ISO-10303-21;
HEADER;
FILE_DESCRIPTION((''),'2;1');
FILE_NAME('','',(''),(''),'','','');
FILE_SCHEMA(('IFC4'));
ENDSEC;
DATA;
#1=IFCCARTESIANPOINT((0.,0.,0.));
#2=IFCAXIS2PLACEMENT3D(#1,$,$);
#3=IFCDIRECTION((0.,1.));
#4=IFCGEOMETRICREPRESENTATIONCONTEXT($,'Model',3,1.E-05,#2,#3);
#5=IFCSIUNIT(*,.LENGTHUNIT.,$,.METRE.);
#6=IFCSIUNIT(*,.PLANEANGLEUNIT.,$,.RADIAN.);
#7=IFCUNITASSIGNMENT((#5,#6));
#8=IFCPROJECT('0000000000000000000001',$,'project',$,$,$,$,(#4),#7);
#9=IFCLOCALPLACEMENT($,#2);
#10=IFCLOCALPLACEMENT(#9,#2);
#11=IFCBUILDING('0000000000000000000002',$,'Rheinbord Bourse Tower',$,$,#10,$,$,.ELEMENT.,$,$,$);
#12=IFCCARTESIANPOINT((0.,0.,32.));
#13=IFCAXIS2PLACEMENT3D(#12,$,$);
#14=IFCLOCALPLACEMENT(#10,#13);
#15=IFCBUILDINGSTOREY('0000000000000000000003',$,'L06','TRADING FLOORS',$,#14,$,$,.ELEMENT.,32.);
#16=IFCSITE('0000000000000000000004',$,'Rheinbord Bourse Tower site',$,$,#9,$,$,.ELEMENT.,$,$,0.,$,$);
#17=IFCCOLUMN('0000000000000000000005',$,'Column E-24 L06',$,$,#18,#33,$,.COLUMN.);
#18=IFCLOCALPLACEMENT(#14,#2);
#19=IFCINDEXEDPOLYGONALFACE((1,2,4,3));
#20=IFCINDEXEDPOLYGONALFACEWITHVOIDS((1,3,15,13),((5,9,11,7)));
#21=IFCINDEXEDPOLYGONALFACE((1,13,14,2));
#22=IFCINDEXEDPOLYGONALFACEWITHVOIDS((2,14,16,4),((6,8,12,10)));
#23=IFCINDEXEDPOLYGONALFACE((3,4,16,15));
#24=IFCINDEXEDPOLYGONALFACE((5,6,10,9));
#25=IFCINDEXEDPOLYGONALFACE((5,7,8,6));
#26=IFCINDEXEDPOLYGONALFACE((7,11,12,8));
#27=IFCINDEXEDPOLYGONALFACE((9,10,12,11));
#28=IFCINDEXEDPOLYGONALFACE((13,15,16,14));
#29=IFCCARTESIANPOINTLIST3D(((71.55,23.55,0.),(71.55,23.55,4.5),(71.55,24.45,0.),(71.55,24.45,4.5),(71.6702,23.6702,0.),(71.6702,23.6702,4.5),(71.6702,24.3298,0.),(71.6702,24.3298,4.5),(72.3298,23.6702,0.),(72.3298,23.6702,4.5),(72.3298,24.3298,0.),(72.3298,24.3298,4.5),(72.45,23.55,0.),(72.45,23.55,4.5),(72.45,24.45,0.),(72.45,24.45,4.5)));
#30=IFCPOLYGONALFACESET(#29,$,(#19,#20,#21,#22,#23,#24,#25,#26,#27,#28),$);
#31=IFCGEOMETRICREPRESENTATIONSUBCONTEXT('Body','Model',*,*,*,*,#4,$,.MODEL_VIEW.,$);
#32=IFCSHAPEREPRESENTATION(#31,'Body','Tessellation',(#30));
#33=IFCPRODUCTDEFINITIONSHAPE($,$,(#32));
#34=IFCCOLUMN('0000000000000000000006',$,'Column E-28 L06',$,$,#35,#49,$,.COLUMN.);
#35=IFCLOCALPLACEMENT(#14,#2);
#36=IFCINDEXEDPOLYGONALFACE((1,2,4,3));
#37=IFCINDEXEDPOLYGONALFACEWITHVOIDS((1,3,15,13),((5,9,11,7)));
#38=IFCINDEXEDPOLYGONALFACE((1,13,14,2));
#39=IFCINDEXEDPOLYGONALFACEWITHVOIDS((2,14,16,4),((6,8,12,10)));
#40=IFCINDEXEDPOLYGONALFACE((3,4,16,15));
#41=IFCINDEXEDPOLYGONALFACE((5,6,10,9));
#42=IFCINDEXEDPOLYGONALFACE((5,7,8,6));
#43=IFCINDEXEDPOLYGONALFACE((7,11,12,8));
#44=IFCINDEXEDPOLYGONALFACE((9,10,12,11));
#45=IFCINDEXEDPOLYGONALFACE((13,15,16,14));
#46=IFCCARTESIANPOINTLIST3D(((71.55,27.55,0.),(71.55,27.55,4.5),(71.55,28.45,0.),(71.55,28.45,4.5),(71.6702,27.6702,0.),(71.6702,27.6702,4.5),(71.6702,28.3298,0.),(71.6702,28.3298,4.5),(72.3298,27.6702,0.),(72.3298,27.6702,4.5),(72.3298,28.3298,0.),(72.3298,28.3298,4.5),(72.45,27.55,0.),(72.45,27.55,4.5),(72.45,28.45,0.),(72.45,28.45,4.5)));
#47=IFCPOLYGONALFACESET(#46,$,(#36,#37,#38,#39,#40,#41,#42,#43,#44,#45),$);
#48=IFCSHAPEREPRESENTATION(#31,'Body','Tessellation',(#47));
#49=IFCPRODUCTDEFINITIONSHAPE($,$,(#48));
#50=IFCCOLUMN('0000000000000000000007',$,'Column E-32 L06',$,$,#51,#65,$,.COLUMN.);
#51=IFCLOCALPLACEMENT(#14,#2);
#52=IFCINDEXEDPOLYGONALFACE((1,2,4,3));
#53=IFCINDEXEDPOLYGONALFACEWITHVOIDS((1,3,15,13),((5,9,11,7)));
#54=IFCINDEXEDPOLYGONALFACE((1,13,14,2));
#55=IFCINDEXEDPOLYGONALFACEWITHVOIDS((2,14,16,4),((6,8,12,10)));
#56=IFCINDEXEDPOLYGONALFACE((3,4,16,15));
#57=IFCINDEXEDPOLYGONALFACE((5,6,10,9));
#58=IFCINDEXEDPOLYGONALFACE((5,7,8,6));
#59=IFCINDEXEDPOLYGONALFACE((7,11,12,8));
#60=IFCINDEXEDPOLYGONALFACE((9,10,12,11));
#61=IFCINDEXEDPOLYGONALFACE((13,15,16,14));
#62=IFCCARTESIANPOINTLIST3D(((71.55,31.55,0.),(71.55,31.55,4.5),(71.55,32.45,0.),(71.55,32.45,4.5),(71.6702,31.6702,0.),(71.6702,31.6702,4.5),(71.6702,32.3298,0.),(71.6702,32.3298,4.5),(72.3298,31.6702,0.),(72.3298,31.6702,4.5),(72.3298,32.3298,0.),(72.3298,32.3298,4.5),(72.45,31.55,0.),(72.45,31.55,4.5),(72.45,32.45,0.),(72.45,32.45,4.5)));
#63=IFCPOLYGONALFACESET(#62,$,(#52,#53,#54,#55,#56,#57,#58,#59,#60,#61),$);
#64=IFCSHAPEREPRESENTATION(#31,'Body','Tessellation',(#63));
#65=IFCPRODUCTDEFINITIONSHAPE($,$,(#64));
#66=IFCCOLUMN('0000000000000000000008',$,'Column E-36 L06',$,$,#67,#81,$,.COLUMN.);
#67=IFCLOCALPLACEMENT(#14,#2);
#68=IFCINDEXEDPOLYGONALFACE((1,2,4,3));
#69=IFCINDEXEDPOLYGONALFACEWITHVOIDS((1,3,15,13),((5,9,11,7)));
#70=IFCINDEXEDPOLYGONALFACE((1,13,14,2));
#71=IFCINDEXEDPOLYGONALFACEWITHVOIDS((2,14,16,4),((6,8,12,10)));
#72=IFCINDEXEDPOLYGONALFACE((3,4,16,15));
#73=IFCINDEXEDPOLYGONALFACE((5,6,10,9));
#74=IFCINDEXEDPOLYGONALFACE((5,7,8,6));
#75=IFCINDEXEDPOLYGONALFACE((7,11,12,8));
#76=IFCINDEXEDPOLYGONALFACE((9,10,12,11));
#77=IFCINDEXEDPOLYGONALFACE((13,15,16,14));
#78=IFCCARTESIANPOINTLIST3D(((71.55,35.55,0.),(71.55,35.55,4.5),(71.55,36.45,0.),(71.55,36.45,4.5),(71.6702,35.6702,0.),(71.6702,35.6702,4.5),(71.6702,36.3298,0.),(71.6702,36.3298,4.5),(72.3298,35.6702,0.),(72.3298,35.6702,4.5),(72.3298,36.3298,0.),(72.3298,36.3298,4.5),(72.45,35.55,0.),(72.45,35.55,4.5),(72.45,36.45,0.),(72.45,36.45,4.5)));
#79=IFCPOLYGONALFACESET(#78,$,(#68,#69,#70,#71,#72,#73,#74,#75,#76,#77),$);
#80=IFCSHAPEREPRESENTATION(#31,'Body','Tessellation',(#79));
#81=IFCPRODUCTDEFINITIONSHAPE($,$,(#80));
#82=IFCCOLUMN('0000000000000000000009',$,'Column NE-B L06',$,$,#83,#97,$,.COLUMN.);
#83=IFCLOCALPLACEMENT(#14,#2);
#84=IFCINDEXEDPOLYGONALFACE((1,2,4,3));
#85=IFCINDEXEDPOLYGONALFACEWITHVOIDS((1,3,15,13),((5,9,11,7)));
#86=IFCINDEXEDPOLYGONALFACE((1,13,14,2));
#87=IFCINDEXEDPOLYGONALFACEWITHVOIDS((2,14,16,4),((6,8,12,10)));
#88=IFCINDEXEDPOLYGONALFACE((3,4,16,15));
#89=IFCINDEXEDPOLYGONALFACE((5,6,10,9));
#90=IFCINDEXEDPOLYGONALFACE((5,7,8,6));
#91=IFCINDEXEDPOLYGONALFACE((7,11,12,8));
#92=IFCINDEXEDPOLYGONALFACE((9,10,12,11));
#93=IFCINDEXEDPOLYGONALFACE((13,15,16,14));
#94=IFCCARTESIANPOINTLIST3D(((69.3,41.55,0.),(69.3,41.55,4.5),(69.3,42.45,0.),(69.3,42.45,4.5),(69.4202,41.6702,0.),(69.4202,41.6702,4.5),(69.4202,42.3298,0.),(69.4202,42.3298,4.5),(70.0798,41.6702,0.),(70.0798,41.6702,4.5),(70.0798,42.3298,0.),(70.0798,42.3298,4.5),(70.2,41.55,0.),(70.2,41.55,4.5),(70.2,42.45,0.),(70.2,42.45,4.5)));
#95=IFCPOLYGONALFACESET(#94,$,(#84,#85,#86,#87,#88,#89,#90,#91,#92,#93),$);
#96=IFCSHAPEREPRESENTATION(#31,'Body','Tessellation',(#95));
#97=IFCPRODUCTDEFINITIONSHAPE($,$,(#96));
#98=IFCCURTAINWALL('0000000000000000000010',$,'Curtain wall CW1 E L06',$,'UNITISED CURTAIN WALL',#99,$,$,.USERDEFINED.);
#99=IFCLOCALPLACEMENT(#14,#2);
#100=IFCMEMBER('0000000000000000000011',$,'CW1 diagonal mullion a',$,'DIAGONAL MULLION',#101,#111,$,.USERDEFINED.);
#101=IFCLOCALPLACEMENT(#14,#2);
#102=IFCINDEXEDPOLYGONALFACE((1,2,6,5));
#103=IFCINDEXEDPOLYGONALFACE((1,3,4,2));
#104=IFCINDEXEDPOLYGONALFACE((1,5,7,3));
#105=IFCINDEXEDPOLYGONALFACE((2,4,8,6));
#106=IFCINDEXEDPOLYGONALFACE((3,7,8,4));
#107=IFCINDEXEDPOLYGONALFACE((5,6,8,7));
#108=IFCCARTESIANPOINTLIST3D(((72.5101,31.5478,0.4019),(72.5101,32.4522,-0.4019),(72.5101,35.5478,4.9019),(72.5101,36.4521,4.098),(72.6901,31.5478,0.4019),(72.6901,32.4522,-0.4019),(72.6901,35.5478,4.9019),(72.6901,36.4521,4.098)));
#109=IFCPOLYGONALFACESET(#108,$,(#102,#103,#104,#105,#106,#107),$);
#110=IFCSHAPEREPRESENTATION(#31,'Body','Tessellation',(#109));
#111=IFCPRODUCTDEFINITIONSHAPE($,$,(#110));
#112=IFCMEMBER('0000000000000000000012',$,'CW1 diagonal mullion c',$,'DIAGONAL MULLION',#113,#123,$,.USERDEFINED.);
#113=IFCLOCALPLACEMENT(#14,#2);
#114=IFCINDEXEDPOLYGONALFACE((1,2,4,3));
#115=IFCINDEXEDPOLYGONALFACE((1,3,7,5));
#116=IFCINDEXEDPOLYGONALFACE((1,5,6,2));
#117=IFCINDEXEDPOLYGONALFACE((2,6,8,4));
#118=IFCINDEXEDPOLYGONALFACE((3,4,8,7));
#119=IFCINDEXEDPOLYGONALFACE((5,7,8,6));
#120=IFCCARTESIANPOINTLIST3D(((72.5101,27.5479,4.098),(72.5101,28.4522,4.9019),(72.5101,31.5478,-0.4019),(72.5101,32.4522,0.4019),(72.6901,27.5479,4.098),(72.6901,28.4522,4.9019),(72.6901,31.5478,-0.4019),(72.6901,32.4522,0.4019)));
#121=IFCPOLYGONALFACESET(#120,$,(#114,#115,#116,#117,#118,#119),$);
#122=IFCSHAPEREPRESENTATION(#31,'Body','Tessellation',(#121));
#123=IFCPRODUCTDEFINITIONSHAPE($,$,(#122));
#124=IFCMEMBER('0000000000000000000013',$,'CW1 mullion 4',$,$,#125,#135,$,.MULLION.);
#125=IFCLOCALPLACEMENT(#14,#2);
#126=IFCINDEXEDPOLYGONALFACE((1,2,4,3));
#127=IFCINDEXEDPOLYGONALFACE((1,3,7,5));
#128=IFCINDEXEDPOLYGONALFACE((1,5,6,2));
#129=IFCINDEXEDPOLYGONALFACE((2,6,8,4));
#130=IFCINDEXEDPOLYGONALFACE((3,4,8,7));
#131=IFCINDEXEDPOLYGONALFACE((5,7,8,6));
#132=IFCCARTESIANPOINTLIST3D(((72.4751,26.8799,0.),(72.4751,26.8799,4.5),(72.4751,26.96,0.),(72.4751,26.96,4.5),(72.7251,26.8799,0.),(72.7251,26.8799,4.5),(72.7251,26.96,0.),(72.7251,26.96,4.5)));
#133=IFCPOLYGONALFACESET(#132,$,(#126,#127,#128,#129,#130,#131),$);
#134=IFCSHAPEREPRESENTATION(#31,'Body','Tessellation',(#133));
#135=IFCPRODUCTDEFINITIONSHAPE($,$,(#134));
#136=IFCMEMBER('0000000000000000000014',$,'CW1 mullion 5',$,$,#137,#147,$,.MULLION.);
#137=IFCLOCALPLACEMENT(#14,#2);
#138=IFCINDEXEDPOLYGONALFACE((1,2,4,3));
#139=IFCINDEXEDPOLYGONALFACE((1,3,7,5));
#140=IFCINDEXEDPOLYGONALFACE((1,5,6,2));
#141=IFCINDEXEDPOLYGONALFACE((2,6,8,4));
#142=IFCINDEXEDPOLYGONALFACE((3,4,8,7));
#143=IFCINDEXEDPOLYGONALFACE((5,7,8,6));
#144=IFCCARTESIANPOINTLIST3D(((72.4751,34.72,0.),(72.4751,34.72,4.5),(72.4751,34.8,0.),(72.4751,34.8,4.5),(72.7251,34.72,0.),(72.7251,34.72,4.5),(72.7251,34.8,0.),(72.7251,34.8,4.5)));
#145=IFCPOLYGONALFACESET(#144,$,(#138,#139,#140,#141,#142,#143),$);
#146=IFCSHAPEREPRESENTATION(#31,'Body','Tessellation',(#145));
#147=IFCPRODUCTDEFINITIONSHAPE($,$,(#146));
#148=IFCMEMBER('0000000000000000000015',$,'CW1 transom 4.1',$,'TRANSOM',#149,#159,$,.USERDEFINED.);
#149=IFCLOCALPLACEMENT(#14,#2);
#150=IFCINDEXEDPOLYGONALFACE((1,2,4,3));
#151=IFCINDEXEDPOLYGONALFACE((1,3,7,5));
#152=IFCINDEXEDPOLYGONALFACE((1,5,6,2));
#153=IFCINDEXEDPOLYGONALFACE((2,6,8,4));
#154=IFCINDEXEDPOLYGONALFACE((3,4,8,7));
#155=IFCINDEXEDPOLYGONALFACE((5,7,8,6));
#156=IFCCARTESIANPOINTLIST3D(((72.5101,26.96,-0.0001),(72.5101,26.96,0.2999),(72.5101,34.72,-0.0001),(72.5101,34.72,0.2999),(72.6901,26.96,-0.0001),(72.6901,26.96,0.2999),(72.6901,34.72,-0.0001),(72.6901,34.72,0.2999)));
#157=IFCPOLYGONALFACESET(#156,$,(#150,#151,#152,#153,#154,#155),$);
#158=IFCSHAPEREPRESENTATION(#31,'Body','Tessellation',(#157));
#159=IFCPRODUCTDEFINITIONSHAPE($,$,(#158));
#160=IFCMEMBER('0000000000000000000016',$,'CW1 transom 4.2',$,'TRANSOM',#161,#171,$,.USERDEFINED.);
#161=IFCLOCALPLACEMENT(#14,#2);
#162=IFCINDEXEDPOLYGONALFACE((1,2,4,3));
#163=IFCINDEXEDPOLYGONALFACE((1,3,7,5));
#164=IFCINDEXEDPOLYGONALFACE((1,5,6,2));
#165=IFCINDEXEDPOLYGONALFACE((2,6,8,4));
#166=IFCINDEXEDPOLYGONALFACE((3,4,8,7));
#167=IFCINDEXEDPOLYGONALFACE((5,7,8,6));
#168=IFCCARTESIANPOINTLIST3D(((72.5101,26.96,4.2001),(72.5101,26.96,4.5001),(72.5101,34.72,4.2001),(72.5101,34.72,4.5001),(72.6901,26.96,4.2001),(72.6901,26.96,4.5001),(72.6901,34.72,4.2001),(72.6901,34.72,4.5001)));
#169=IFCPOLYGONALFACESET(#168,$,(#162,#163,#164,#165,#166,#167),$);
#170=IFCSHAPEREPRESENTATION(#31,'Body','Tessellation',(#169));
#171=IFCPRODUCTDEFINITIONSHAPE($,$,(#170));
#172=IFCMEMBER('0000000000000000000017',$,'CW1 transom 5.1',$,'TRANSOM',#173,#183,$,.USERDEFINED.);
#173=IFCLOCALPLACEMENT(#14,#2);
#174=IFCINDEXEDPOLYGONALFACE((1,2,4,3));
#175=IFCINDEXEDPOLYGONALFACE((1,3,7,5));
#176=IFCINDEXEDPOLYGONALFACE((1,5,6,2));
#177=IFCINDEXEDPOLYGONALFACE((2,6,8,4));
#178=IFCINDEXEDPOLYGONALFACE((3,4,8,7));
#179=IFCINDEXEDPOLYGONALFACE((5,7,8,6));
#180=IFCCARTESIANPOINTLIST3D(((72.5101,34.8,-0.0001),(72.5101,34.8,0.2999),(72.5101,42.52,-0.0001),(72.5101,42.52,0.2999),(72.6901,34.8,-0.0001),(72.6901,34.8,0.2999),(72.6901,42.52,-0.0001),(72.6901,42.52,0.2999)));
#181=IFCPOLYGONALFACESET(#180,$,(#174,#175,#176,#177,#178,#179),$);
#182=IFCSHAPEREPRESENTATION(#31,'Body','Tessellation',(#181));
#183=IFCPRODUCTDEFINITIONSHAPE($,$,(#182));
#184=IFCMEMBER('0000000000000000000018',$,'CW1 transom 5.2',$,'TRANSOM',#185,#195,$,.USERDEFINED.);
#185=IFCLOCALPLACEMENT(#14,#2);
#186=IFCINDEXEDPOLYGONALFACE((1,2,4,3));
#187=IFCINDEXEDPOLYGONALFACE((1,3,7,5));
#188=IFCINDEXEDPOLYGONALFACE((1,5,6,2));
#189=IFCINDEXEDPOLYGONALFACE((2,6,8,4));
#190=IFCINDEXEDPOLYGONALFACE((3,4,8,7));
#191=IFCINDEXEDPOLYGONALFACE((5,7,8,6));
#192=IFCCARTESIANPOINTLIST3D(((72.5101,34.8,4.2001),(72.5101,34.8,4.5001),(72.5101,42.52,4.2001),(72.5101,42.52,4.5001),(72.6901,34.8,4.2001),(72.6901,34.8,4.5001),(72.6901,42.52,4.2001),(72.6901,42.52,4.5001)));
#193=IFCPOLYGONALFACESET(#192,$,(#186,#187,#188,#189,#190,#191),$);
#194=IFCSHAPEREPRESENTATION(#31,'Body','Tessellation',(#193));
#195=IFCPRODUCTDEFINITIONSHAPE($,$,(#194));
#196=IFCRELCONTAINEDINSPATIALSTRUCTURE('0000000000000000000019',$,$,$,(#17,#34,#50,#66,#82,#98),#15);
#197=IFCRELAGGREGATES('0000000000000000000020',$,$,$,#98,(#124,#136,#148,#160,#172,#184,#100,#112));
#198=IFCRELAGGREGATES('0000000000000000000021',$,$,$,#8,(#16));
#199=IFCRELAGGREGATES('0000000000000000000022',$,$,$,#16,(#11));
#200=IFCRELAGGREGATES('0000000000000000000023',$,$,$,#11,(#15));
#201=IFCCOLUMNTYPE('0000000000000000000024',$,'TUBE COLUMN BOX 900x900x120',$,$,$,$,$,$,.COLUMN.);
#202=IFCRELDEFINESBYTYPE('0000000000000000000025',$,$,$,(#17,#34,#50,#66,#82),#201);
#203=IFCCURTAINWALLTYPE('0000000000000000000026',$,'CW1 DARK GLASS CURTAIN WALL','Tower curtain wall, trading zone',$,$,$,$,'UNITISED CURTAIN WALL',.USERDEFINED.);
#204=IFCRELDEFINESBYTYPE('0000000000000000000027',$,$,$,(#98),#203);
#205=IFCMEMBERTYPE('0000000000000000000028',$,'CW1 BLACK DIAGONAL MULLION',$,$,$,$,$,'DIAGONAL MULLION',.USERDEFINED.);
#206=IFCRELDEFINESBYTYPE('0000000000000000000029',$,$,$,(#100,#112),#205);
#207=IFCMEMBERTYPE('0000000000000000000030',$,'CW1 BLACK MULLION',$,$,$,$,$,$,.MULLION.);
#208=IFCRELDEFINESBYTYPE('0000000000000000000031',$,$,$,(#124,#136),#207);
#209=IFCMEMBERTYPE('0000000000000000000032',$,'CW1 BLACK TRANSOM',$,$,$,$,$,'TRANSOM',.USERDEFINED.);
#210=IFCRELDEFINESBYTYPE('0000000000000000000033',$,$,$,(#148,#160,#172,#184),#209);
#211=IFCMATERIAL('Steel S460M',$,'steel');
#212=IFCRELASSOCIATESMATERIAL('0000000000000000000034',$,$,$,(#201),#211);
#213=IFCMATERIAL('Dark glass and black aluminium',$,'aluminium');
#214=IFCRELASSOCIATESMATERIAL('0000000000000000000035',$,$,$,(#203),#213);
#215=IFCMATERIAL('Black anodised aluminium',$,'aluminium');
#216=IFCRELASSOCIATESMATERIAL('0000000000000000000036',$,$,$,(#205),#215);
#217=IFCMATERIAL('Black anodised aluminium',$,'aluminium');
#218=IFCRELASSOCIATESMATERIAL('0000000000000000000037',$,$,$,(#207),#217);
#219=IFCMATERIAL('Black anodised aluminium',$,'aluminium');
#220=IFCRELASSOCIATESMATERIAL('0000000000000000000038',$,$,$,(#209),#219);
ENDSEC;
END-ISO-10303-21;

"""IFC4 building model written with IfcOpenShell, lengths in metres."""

from ifc_helpers import new_model, si_unit, direction, frame, origin, origin_2d, place, context, subcontext, project, spatial, rectangle, hollow_rectangle, extrude, material, material_profile, profile_set, type_object, element, aggregate, save


model = new_model("IFC4")

# Units and contexts
model_context = context("Model", 3, precision=1e-05, world=origin(), true_north=direction((0.0, 1.0)))
body_context = subcontext(model_context, "Body", "Model", "MODEL_VIEW")
ifc_project = project(units=[si_unit("LENGTHUNIT", "METRE"), si_unit("PLANEANGLEUNIT", "RADIAN")], contexts=[model_context])

# Site, building, storey
site_placement = place(None, origin())
site = spatial("IfcSite", under=ifc_project, at=site_placement, Name="Rheinbord Bourse Tower site", CompositionType="ELEMENT", RefElevation=0.0)
building_placement = place(site_placement, origin())
building = spatial("IfcBuilding", under=site, at=building_placement, Name="Rheinbord Bourse Tower", CompositionType="ELEMENT")
storey_placement = place(building_placement, frame((0.0, 0.0, 32.0)))
storey = spatial("IfcBuildingStorey", under=building, at=storey_placement, Name="L06", Description="TRADING FLOORS", CompositionType="ELEMENT", Elevation=32.0)

# Columns
ifc_material_1 = material(Name="Steel S460M", Category="steel")
ifc_material_profile_1 = material_profile(ifc_material_1, hollow_rectangle(XDim=0.8999, YDim=0.8999, WallThickness=0.1201, at=origin_2d()), Name="BOX 900x900x120")
ifc_profile_set_1 = profile_set([ifc_material_profile_1], Name="Steel S460M")
column_type = type_object("IfcColumnType", Name="TUBE COLUMN BOX 900x900x120", PredefinedType="COLUMN", material=ifc_profile_set_1)
for number, where, z_axis, x_axis, name in (
    (1, (72.0, 24.0, 0.0), (0.0, 0.0, 1.0), (1.0, 0.0, 0.0), "Column E-24 L06"),
    (2, (72.0, 28.0, 0.0), (0.0, 0.0, 1.0), (1.0, 0.0, 0.0), "Column E-28 L06"),
    (3, (72.0, 32.0, 0.0), (0.0, 0.0, 1.0), (1.0, 0.0, 0.0), "Column E-32 L06"),
    (4, (72.0, 36.0, 0.0), (0.0, 0.0, 1.0), (1.0, 0.0, 0.0), "Column E-36 L06"),
    (5, (69.75, 42.0, 0.0), (0.0, 0.0, 1.0), (1.0, 0.0, 0.0), "Column NE-B L06"),
):
    element("IfcColumn", number, at=place(storey_placement, frame(where, z_axis=z_axis, x_axis=x_axis)), inside=storey, type_object=column_type, Name=name, PredefinedType="COLUMN", context=body_context, shape_type="SweptSolid", body=[
        extrude(hollow_rectangle(XDim=0.8999, YDim=0.8999, WallThickness=0.1201, at=origin_2d()), origin(), (0.0, 0.0, 1.0), 4.5),
    ])

# Curtain wall, members
ifc_material_2 = material(Name="Dark glass and black aluminium", Category="aluminium")
curtain_wall_type = type_object("IfcCurtainWallType", Name="CW1 DARK GLASS CURTAIN WALL", Description="Tower curtain wall, trading zone", ElementType="UNITISED CURTAIN WALL", PredefinedType="USERDEFINED", material=ifc_material_2)
curtain_wall_placement = place(storey_placement, origin())
curtain_wall = element("IfcCurtainWall", 6, at=curtain_wall_placement, inside=storey, type_object=curtain_wall_type, Name="Curtain wall CW1 E L06", ObjectType="UNITISED CURTAIN WALL", PredefinedType="USERDEFINED")
ifc_material_3 = material(Name="Black anodised aluminium", Category="aluminium")
ifc_material_profile_2 = material_profile(ifc_material_3, rectangle(XDim=0.1799, YDim=1.21, at=origin_2d()), Name="CW1 DIAGONAL MULLION 1210x180")
ifc_profile_set_2 = profile_set([ifc_material_profile_2], Name="Black anodised aluminium")
member_type_1 = type_object("IfcMemberType", Name="CW1 BLACK DIAGONAL MULLION", ElementType="DIAGONAL MULLION", PredefinedType="USERDEFINED", material=ifc_profile_set_2)
member_1_placement = place(storey_placement, frame((72.6001, 32.0, 0.0), z_axis=(0.0, 0.664364, 0.747409), x_axis=(-1.0, 0.0, 0.0)))
member_1 = element("IfcMember", 7, at=member_1_placement, type_object=member_type_1, Name="CW1 diagonal mullion a", ObjectType="DIAGONAL MULLION", PredefinedType="USERDEFINED", context=body_context, shape_type="SweptSolid", body=[
    extrude(rectangle(XDim=0.1799, YDim=1.21, at=origin_2d()), origin(), (0.0, 0.0, 1.0), 6.0208),
])
member_2_placement = place(storey_placement, frame((72.6001, 32.0, 0.0), z_axis=(0.0, -0.664364, 0.747409), x_axis=(1.0, 0.0, 0.0)))
member_2 = element("IfcMember", 8, at=member_2_placement, type_object=member_type_1, Name="CW1 diagonal mullion c", ObjectType="DIAGONAL MULLION", PredefinedType="USERDEFINED", context=body_context, shape_type="SweptSolid", body=[
    extrude(rectangle(XDim=0.1799, YDim=1.21, at=origin_2d()), origin(), (0.0, 0.0, 1.0), 6.0208),
])
ifc_material_4 = material(Name="Black anodised aluminium", Category="aluminium")
ifc_material_profile_3 = material_profile(ifc_material_4, rectangle(XDim=0.25, YDim=0.0801, at=origin_2d()), Name="CW1 MULLION 80x250")
ifc_profile_set_3 = profile_set([ifc_material_profile_3], Name="Black anodised aluminium")
member_type_2 = type_object("IfcMemberType", Name="CW1 BLACK MULLION", PredefinedType="MULLION", material=ifc_profile_set_3)
member_3_placement = place(storey_placement, frame((72.6001, 26.9199, 0.0), z_axis=(0.0, 0.0, 1.0), x_axis=(-1.0, 0.0, 0.0)))
member_3 = element("IfcMember", 9, at=member_3_placement, type_object=member_type_2, Name="CW1 mullion 4", PredefinedType="MULLION", context=body_context, shape_type="SweptSolid", body=[
    extrude(rectangle(XDim=0.25, YDim=0.0801, at=origin_2d()), origin(), (0.0, 0.0, 1.0), 4.5),
])
member_4_placement = place(storey_placement, frame((72.6001, 34.76, 0.0), z_axis=(0.0, 0.0, 1.0), x_axis=(-1.0, 0.0, 0.0)))
member_4 = element("IfcMember", 10, at=member_4_placement, type_object=member_type_2, Name="CW1 mullion 5", PredefinedType="MULLION", context=body_context, shape_type="SweptSolid", body=[
    extrude(rectangle(XDim=0.25, YDim=0.0801, at=origin_2d()), origin(), (0.0, 0.0, 1.0), 4.5),
])
ifc_material_5 = material(Name="Black anodised aluminium", Category="aluminium")
ifc_material_profile_4 = material_profile(ifc_material_5, rectangle(XDim=0.1799, YDim=0.3, at=origin_2d()), Name="CW1 TRANSOM 300x180")
ifc_profile_set_4 = profile_set([ifc_material_profile_4], Name="Black anodised aluminium")
member_type_3 = type_object("IfcMemberType", Name="CW1 BLACK TRANSOM", ElementType="TRANSOM", PredefinedType="USERDEFINED", material=ifc_profile_set_4)
member_5_placement = place(storey_placement, frame((72.6001, 26.96, 0.1499), z_axis=(0.0, 1.0, 0.0), x_axis=(-1.0, 0.0, 0.0)))
member_5 = element("IfcMember", 11, at=member_5_placement, type_object=member_type_3, Name="CW1 transom 4.1", ObjectType="TRANSOM", PredefinedType="USERDEFINED", context=body_context, shape_type="SweptSolid", body=[
    extrude(rectangle(XDim=0.1799, YDim=0.3, at=origin_2d()), origin(), (0.0, 0.0, 1.0), 7.76),
])
member_6_placement = place(storey_placement, frame((72.6001, 26.96, 4.3501), z_axis=(0.0, 1.0, 0.0), x_axis=(-1.0, 0.0, 0.0)))
member_6 = element("IfcMember", 12, at=member_6_placement, type_object=member_type_3, Name="CW1 transom 4.2", ObjectType="TRANSOM", PredefinedType="USERDEFINED", context=body_context, shape_type="SweptSolid", body=[
    extrude(rectangle(XDim=0.1799, YDim=0.3, at=origin_2d()), origin(), (0.0, 0.0, 1.0), 7.76),
])
member_7_placement = place(storey_placement, frame((72.6001, 34.8, 0.1499), z_axis=(0.0, 1.0, 0.0), x_axis=(-1.0, 0.0, 0.0)))
member_7 = element("IfcMember", 13, at=member_7_placement, type_object=member_type_3, Name="CW1 transom 5.1", ObjectType="TRANSOM", PredefinedType="USERDEFINED", context=body_context, shape_type="SweptSolid", body=[
    extrude(rectangle(XDim=0.1799, YDim=0.3, at=origin_2d()), origin(), (0.0, 0.0, 1.0), 7.72),
])
member_8_placement = place(storey_placement, frame((72.6001, 34.8, 4.3501), z_axis=(0.0, 1.0, 0.0), x_axis=(-1.0, 0.0, 0.0)))
member_8 = element("IfcMember", 14, at=member_8_placement, type_object=member_type_3, Name="CW1 transom 5.2", ObjectType="TRANSOM", PredefinedType="USERDEFINED", context=body_context, shape_type="SweptSolid", body=[
    extrude(rectangle(XDim=0.1799, YDim=0.3, at=origin_2d()), origin(), (0.0, 0.0, 1.0), 7.72),
])

aggregate(curtain_wall, [member_3, member_4, member_5, member_6, member_7, member_8, member_1, member_2])

save(model, "model.ifc")
